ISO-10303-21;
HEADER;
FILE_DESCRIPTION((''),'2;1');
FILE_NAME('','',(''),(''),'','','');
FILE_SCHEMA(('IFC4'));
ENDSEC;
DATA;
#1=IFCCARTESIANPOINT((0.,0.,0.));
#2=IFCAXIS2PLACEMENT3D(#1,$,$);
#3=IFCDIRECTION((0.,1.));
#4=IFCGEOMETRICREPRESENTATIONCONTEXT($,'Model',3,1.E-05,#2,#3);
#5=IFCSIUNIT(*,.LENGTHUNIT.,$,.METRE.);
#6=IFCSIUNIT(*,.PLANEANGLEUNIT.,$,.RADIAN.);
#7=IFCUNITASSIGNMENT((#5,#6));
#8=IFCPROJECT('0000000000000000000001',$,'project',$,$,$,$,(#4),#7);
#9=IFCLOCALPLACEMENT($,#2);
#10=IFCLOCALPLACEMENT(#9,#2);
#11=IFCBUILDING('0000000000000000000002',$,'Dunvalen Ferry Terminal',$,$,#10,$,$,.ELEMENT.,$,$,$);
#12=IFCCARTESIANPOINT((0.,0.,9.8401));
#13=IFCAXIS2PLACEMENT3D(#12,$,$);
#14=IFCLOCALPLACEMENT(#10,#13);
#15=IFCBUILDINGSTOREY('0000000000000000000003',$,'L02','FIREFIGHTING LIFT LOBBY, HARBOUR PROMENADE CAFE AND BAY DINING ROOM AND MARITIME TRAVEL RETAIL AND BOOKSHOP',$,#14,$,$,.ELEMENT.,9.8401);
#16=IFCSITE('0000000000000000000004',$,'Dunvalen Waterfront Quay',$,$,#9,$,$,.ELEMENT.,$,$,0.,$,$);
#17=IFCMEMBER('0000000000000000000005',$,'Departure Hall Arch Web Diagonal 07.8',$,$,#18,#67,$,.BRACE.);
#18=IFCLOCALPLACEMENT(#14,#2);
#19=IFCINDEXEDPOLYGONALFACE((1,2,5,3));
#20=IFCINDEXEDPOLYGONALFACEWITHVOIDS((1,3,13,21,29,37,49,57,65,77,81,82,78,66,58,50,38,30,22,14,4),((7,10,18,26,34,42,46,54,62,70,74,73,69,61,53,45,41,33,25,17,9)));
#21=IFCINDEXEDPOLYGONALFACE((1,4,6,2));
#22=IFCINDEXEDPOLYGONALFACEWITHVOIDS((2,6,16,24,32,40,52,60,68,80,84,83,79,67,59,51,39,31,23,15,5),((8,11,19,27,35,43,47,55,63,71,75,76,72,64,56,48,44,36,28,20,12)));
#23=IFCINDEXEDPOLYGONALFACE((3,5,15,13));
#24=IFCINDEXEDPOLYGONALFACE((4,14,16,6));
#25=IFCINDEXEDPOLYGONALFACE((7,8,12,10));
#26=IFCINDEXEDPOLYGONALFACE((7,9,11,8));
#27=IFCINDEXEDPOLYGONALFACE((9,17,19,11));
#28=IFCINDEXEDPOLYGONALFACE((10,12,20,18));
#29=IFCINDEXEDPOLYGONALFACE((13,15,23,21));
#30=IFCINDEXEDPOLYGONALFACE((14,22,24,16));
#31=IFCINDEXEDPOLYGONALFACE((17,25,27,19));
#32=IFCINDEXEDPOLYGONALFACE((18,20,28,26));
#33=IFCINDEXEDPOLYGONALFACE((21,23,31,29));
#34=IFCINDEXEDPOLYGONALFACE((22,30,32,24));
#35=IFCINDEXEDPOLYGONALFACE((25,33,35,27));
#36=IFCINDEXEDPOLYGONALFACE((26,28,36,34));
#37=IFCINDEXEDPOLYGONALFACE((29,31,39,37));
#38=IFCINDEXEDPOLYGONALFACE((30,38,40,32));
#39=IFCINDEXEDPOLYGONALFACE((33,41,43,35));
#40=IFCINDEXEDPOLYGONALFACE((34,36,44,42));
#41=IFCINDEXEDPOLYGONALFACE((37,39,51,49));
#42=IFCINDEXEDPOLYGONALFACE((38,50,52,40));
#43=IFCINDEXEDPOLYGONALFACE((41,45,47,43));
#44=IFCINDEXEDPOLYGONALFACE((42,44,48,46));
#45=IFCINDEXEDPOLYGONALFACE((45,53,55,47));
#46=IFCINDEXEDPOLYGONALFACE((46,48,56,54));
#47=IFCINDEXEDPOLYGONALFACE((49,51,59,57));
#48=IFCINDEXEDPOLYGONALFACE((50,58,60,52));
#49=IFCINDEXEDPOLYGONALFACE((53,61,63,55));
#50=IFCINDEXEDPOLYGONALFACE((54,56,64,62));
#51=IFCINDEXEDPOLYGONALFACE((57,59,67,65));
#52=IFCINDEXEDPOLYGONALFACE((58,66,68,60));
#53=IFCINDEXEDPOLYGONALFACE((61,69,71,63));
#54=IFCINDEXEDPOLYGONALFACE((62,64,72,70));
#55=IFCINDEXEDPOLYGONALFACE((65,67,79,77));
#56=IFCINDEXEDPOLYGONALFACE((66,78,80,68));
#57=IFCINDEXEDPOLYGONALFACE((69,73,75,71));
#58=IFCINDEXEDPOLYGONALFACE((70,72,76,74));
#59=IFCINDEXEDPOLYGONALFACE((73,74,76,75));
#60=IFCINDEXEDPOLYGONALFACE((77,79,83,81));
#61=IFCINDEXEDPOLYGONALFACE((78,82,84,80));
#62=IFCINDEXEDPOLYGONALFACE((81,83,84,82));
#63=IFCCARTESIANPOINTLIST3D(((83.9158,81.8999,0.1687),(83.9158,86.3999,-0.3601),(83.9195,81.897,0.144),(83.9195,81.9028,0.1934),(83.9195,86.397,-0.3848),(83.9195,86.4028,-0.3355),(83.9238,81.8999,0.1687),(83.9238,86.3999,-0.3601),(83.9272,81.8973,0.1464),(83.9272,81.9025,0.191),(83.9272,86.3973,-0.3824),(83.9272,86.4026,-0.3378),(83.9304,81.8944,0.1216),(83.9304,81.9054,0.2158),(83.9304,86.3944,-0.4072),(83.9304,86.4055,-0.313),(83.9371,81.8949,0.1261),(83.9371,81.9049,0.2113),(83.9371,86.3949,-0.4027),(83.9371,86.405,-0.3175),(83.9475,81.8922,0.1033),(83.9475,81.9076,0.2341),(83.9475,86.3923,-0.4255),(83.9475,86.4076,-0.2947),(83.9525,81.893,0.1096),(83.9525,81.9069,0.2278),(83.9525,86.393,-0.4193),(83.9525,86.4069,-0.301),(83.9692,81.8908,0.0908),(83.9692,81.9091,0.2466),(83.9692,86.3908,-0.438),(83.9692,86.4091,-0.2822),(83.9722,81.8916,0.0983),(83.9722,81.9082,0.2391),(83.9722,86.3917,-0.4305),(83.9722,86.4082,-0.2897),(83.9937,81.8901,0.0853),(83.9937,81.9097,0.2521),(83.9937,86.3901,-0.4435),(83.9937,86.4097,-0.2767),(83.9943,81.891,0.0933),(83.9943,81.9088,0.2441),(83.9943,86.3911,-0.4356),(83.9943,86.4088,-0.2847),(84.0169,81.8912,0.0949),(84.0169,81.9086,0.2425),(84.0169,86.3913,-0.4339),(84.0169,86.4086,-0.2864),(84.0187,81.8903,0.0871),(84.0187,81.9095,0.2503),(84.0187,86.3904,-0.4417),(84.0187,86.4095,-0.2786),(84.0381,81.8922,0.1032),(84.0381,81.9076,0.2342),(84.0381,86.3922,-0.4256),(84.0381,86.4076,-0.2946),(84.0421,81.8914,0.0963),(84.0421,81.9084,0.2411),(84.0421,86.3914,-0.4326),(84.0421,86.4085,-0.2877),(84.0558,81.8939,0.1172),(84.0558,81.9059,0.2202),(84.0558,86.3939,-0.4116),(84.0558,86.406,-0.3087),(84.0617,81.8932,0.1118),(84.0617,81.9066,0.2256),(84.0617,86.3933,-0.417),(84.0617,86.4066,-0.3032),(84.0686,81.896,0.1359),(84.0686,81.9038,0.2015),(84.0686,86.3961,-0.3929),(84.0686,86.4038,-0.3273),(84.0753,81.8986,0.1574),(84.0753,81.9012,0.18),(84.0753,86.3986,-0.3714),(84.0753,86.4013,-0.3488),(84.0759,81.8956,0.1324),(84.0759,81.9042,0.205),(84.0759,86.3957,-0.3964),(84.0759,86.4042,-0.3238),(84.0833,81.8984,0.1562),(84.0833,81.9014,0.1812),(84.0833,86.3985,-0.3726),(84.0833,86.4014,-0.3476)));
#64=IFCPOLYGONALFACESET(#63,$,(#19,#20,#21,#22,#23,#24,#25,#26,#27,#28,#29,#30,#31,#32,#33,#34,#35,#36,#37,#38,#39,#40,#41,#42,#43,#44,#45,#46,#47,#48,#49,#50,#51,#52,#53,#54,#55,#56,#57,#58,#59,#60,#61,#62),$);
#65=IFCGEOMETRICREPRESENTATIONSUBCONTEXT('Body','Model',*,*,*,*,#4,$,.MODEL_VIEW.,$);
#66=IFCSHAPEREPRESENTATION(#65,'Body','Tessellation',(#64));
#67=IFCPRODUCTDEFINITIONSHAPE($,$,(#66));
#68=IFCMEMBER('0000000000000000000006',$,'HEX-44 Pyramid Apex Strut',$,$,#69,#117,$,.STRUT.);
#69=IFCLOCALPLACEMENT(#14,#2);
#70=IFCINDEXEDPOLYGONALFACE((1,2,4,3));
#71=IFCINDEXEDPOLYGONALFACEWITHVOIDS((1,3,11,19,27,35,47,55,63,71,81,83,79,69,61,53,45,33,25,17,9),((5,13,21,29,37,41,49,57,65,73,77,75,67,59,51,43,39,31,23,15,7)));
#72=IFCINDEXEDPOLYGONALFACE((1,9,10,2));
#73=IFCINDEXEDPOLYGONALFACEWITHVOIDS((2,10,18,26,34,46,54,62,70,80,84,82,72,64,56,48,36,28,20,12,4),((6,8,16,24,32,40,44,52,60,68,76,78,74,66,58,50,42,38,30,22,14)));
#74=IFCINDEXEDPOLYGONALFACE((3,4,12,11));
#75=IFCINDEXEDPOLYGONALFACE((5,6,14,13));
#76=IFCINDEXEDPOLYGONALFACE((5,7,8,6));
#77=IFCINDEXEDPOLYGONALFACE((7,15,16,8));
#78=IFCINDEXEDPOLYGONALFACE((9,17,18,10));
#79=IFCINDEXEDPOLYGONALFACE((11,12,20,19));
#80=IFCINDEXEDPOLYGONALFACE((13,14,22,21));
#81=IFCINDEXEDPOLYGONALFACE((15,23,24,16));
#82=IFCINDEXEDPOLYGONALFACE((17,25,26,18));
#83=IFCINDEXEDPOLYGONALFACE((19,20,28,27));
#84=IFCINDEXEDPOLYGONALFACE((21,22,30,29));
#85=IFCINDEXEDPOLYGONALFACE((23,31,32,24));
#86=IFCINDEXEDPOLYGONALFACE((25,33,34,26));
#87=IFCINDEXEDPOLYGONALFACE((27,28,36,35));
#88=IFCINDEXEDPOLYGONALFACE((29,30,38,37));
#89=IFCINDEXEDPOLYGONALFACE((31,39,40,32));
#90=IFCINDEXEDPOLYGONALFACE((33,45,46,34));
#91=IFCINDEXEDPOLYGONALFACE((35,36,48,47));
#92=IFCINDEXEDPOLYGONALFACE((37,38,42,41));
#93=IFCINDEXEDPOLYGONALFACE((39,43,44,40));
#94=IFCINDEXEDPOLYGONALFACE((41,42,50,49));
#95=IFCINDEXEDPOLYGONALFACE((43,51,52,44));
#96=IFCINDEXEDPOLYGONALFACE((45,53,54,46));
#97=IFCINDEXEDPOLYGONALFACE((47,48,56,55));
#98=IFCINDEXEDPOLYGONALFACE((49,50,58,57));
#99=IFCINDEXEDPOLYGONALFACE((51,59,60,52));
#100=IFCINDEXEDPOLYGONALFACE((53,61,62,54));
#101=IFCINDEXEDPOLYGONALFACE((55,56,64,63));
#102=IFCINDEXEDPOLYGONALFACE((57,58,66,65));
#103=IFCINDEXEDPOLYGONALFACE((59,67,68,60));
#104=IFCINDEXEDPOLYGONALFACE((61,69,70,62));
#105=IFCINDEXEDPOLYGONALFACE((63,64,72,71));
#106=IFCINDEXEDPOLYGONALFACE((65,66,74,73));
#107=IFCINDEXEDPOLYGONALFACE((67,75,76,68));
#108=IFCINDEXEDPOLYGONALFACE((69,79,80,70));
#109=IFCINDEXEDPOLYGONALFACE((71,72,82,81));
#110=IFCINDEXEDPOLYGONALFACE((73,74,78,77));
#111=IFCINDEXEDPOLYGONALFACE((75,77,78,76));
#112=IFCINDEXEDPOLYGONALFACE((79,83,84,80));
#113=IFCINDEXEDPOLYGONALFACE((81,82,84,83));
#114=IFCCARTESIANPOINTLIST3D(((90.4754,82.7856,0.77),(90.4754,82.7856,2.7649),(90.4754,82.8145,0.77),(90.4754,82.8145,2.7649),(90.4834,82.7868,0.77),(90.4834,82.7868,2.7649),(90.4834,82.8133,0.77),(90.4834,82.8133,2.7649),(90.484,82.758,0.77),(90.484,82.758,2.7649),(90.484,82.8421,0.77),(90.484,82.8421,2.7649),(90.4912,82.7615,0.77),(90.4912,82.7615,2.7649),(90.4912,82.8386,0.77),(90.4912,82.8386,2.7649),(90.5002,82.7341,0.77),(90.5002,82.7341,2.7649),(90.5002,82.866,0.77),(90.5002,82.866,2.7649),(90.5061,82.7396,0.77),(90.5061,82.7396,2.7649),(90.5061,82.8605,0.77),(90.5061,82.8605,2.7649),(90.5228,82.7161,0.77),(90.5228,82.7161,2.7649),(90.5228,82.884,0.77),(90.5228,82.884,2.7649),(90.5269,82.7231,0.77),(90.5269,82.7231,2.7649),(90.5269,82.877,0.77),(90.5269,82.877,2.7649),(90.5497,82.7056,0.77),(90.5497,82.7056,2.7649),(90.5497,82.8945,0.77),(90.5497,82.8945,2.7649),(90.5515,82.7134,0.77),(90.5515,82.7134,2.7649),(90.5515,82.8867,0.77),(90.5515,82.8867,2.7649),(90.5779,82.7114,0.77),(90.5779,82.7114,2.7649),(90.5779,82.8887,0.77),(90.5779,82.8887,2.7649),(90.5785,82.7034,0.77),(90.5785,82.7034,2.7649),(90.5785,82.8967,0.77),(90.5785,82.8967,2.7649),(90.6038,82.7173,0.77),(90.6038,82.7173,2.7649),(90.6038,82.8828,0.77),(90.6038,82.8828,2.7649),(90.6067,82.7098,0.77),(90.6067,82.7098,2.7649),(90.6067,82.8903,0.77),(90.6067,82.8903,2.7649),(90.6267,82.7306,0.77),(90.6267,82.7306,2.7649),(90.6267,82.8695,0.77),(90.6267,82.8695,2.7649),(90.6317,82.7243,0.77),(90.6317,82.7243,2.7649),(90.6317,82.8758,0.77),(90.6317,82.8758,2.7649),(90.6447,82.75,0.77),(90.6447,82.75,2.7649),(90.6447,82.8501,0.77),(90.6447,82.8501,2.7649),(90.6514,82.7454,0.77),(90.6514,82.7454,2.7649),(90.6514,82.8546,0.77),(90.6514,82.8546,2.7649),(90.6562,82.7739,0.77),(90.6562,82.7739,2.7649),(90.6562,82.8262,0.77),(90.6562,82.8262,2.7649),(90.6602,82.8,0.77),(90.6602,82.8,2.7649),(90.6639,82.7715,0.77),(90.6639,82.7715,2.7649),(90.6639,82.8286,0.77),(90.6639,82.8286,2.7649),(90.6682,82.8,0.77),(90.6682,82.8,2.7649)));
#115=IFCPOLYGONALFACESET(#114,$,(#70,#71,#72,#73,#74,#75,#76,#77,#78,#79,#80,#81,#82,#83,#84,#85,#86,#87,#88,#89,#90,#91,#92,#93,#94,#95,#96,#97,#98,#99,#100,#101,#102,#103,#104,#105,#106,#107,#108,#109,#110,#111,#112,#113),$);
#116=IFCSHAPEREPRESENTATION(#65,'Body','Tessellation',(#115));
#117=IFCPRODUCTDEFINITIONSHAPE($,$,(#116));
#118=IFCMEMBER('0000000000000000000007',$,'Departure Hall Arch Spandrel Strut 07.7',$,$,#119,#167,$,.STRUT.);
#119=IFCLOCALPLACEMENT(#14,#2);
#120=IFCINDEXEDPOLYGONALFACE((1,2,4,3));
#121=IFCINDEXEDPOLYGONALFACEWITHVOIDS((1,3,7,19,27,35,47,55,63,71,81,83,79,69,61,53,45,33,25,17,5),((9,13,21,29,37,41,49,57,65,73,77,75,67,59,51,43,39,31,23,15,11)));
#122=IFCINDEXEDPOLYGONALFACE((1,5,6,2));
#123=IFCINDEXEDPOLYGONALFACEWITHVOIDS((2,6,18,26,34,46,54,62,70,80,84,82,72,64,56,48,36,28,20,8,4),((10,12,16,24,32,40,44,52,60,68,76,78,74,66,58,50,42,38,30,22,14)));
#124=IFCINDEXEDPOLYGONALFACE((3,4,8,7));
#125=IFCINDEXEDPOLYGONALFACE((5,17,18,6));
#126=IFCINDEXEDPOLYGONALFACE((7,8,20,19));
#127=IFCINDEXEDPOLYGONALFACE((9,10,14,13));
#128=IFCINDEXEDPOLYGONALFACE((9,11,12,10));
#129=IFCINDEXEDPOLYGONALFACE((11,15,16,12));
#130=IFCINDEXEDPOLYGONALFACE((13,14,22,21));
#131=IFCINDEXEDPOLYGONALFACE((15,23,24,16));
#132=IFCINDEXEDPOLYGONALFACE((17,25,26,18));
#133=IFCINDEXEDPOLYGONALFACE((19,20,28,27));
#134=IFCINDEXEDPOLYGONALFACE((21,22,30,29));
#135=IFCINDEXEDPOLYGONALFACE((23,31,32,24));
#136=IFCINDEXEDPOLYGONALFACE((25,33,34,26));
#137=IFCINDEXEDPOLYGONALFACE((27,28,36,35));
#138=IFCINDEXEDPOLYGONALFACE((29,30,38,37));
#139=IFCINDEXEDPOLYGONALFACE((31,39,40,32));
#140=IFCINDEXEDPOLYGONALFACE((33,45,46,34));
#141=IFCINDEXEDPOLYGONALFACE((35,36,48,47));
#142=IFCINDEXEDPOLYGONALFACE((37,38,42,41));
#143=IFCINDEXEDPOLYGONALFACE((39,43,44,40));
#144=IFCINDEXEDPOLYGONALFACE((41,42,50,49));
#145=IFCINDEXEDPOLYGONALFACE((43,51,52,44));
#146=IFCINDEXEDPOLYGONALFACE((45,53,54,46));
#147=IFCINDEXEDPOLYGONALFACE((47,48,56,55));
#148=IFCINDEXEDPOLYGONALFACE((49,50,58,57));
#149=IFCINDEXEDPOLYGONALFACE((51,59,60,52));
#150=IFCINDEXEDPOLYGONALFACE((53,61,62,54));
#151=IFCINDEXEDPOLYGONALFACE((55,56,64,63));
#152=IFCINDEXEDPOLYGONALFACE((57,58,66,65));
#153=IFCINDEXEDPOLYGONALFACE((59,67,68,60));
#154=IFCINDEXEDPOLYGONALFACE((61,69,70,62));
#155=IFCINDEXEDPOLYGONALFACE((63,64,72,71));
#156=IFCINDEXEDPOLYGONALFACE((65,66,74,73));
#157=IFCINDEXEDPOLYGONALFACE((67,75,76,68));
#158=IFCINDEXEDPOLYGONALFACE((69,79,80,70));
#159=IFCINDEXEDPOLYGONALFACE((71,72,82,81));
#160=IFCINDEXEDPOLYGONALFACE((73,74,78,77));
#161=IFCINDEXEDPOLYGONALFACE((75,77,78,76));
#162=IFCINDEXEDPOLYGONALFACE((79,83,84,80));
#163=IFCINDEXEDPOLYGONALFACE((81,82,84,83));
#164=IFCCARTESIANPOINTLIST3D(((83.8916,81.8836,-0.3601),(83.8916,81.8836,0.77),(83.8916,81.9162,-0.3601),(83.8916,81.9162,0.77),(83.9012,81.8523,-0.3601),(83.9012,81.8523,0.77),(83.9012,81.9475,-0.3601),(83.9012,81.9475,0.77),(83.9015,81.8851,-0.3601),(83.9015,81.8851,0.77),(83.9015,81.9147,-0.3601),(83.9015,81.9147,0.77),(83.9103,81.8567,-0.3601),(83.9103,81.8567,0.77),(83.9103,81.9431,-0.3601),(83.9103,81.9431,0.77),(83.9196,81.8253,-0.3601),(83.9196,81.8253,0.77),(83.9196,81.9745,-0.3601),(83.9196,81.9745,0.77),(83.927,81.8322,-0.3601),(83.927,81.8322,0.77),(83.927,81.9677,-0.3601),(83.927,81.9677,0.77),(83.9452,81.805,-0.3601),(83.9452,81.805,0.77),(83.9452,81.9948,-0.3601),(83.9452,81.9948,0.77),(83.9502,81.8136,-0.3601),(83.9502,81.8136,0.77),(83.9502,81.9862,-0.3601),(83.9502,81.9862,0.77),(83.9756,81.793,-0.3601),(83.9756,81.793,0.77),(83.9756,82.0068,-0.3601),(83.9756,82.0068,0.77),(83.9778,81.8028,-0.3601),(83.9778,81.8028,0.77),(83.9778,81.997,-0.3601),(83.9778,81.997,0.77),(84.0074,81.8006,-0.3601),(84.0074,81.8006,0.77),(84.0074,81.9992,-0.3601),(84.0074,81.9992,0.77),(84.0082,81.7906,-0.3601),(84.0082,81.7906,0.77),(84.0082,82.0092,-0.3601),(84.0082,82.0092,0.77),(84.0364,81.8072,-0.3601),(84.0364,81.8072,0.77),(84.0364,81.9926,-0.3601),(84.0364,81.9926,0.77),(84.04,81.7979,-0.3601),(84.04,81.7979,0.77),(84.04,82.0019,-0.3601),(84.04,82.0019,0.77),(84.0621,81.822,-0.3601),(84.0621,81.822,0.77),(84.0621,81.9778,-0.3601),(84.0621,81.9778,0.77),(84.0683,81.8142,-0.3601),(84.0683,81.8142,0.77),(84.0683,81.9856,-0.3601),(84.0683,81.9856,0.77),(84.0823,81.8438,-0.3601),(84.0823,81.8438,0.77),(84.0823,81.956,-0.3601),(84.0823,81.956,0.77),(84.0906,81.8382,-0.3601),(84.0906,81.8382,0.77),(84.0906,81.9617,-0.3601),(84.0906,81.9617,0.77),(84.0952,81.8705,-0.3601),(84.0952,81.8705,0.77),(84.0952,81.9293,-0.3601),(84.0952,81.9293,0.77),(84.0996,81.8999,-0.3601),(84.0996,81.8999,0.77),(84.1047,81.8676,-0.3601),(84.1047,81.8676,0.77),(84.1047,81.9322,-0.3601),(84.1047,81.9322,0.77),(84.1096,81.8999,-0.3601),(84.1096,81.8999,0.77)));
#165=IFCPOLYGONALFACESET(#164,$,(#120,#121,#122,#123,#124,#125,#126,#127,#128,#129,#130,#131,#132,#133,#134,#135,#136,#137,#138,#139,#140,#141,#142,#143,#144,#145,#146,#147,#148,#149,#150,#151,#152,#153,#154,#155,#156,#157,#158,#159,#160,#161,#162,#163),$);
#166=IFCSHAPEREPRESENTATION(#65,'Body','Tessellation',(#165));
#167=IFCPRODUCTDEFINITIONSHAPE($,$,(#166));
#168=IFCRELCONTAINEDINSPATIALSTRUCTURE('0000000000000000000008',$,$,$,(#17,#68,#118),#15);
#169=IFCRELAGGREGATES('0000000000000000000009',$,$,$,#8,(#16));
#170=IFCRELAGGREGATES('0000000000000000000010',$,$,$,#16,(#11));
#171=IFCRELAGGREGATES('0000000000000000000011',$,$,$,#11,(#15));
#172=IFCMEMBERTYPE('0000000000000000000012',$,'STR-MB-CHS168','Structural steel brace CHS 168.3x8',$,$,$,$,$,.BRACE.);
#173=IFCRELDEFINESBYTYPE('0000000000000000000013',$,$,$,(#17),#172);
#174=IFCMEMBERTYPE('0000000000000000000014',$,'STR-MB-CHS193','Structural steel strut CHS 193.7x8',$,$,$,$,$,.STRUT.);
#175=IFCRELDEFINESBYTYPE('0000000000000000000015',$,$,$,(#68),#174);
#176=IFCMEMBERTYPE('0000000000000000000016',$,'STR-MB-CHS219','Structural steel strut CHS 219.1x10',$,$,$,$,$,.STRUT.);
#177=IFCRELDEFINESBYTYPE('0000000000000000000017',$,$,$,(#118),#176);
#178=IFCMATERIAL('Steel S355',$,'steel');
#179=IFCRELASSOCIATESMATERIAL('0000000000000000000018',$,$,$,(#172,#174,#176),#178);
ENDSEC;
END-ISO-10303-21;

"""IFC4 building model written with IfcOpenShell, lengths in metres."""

from ifc_helpers import new_model, si_unit, direction, frame, origin, origin_2d, place, context, subcontext, project, spatial, hollow_circle, extrude, material, material_profile, profile_set, type_object, element, save


model = new_model("IFC4")

# Units and contexts
model_context = context("Model", 3, precision=1e-05, world=origin(), true_north=direction((0.0, 1.0)))
body_context = subcontext(model_context, "Body", "Model", "MODEL_VIEW")
ifc_project = project(units=[si_unit("LENGTHUNIT", "METRE"), si_unit("PLANEANGLEUNIT", "RADIAN")], contexts=[model_context])

# Site, building, storey
site_placement = place(None, origin())
site = spatial("IfcSite", under=ifc_project, at=site_placement, Name="Dunvalen Waterfront Quay", CompositionType="ELEMENT", RefElevation=0.0)
building_placement = place(site_placement, origin())
building = spatial("IfcBuilding", under=site, at=building_placement, Name="Dunvalen Ferry Terminal", CompositionType="ELEMENT")
storey_placement = place(building_placement, frame((0.0, 0.0, 9.8401)))
storey = spatial("IfcBuildingStorey", under=building, at=storey_placement, Name="L02", Description="FIREFIGHTING LIFT LOBBY, HARBOUR PROMENADE CAFE AND BAY DINING ROOM AND MARITIME TRAVEL RETAIL AND BOOKSHOP", CompositionType="ELEMENT", Elevation=9.8401)

# Shared definitions
ifc_material_1 = material(Name="Steel S355", Category="steel")

# Members
ifc_material_profile_1 = material_profile(ifc_material_1, hollow_circle(Radius=0.0842, WallThickness=0.0081, at=origin_2d()), Name="Steel S355")
ifc_profile_set_1 = profile_set([ifc_material_profile_1], Name="Steel S355")
member_type_1 = type_object("IfcMemberType", Name="STR-MB-CHS168", Description="Structural steel brace CHS 168.3x8", PredefinedType="BRACE", material=ifc_profile_set_1)
member_1_placement = place(storey_placement, frame((84.0, 81.8999, 0.1687), z_axis=(0.0, 0.993166, -0.11671), x_axis=(-1.0, 0.0, 0.0)))
element("IfcMember", 1, at=member_1_placement, inside=storey, type_object=member_type_1, Name="Departure Hall Arch Web Diagonal 07.8", PredefinedType="BRACE", context=body_context, shape_type="SweptSolid", body=[
    extrude(hollow_circle(Radius=0.0842, WallThickness=0.0081, at=origin_2d()), origin(), (0.0, 0.0, 1.0), 4.531),
])
ifc_material_profile_2 = material_profile(ifc_material_1, hollow_circle(Radius=0.0969, WallThickness=0.0081, at=origin_2d()), Name="Steel S355")
ifc_profile_set_2 = profile_set([ifc_material_profile_2], Name="Steel S355")
member_type_2 = type_object("IfcMemberType", Name="STR-MB-CHS193", Description="Structural steel strut CHS 193.7x8", PredefinedType="STRUT", material=ifc_profile_set_2)
member_2_placement = place(storey_placement, frame((90.5713, 82.8, 0.77), z_axis=(0.0, 0.0, 1.0), x_axis=(1.0, 0.0, 0.0)))
element("IfcMember", 2, at=member_2_placement, inside=storey, type_object=member_type_2, Name="HEX-44 Pyramid Apex Strut", PredefinedType="STRUT", context=body_context, shape_type="SweptSolid", body=[
    extrude(hollow_circle(Radius=0.0969, WallThickness=0.0081, at=origin_2d()), origin(), (0.0, 0.0, 1.0), 1.9949),
])
ifc_material_profile_3 = material_profile(ifc_material_1, hollow_circle(Radius=0.1096, WallThickness=0.01, at=origin_2d()), Name="Steel S355")
ifc_profile_set_3 = profile_set([ifc_material_profile_3], Name="Steel S355")
member_type_3 = type_object("IfcMemberType", Name="STR-MB-CHS219", Description="Structural steel strut CHS 219.1x10", PredefinedType="STRUT", material=ifc_profile_set_3)
member_3_placement = place(storey_placement, frame((84.0, 81.8999, -0.3601), z_axis=(0.0, 0.0, 1.0), x_axis=(1.0, 0.0, 0.0)))
element("IfcMember", 3, at=member_3_placement, inside=storey, type_object=member_type_3, Name="Departure Hall Arch Spandrel Strut 07.7", PredefinedType="STRUT", context=body_context, shape_type="SweptSolid", body=[
    extrude(hollow_circle(Radius=0.1096, WallThickness=0.01, at=origin_2d()), origin(), (0.0, 0.0, 1.0), 1.1301),
])

save(model, "model.ifc")
